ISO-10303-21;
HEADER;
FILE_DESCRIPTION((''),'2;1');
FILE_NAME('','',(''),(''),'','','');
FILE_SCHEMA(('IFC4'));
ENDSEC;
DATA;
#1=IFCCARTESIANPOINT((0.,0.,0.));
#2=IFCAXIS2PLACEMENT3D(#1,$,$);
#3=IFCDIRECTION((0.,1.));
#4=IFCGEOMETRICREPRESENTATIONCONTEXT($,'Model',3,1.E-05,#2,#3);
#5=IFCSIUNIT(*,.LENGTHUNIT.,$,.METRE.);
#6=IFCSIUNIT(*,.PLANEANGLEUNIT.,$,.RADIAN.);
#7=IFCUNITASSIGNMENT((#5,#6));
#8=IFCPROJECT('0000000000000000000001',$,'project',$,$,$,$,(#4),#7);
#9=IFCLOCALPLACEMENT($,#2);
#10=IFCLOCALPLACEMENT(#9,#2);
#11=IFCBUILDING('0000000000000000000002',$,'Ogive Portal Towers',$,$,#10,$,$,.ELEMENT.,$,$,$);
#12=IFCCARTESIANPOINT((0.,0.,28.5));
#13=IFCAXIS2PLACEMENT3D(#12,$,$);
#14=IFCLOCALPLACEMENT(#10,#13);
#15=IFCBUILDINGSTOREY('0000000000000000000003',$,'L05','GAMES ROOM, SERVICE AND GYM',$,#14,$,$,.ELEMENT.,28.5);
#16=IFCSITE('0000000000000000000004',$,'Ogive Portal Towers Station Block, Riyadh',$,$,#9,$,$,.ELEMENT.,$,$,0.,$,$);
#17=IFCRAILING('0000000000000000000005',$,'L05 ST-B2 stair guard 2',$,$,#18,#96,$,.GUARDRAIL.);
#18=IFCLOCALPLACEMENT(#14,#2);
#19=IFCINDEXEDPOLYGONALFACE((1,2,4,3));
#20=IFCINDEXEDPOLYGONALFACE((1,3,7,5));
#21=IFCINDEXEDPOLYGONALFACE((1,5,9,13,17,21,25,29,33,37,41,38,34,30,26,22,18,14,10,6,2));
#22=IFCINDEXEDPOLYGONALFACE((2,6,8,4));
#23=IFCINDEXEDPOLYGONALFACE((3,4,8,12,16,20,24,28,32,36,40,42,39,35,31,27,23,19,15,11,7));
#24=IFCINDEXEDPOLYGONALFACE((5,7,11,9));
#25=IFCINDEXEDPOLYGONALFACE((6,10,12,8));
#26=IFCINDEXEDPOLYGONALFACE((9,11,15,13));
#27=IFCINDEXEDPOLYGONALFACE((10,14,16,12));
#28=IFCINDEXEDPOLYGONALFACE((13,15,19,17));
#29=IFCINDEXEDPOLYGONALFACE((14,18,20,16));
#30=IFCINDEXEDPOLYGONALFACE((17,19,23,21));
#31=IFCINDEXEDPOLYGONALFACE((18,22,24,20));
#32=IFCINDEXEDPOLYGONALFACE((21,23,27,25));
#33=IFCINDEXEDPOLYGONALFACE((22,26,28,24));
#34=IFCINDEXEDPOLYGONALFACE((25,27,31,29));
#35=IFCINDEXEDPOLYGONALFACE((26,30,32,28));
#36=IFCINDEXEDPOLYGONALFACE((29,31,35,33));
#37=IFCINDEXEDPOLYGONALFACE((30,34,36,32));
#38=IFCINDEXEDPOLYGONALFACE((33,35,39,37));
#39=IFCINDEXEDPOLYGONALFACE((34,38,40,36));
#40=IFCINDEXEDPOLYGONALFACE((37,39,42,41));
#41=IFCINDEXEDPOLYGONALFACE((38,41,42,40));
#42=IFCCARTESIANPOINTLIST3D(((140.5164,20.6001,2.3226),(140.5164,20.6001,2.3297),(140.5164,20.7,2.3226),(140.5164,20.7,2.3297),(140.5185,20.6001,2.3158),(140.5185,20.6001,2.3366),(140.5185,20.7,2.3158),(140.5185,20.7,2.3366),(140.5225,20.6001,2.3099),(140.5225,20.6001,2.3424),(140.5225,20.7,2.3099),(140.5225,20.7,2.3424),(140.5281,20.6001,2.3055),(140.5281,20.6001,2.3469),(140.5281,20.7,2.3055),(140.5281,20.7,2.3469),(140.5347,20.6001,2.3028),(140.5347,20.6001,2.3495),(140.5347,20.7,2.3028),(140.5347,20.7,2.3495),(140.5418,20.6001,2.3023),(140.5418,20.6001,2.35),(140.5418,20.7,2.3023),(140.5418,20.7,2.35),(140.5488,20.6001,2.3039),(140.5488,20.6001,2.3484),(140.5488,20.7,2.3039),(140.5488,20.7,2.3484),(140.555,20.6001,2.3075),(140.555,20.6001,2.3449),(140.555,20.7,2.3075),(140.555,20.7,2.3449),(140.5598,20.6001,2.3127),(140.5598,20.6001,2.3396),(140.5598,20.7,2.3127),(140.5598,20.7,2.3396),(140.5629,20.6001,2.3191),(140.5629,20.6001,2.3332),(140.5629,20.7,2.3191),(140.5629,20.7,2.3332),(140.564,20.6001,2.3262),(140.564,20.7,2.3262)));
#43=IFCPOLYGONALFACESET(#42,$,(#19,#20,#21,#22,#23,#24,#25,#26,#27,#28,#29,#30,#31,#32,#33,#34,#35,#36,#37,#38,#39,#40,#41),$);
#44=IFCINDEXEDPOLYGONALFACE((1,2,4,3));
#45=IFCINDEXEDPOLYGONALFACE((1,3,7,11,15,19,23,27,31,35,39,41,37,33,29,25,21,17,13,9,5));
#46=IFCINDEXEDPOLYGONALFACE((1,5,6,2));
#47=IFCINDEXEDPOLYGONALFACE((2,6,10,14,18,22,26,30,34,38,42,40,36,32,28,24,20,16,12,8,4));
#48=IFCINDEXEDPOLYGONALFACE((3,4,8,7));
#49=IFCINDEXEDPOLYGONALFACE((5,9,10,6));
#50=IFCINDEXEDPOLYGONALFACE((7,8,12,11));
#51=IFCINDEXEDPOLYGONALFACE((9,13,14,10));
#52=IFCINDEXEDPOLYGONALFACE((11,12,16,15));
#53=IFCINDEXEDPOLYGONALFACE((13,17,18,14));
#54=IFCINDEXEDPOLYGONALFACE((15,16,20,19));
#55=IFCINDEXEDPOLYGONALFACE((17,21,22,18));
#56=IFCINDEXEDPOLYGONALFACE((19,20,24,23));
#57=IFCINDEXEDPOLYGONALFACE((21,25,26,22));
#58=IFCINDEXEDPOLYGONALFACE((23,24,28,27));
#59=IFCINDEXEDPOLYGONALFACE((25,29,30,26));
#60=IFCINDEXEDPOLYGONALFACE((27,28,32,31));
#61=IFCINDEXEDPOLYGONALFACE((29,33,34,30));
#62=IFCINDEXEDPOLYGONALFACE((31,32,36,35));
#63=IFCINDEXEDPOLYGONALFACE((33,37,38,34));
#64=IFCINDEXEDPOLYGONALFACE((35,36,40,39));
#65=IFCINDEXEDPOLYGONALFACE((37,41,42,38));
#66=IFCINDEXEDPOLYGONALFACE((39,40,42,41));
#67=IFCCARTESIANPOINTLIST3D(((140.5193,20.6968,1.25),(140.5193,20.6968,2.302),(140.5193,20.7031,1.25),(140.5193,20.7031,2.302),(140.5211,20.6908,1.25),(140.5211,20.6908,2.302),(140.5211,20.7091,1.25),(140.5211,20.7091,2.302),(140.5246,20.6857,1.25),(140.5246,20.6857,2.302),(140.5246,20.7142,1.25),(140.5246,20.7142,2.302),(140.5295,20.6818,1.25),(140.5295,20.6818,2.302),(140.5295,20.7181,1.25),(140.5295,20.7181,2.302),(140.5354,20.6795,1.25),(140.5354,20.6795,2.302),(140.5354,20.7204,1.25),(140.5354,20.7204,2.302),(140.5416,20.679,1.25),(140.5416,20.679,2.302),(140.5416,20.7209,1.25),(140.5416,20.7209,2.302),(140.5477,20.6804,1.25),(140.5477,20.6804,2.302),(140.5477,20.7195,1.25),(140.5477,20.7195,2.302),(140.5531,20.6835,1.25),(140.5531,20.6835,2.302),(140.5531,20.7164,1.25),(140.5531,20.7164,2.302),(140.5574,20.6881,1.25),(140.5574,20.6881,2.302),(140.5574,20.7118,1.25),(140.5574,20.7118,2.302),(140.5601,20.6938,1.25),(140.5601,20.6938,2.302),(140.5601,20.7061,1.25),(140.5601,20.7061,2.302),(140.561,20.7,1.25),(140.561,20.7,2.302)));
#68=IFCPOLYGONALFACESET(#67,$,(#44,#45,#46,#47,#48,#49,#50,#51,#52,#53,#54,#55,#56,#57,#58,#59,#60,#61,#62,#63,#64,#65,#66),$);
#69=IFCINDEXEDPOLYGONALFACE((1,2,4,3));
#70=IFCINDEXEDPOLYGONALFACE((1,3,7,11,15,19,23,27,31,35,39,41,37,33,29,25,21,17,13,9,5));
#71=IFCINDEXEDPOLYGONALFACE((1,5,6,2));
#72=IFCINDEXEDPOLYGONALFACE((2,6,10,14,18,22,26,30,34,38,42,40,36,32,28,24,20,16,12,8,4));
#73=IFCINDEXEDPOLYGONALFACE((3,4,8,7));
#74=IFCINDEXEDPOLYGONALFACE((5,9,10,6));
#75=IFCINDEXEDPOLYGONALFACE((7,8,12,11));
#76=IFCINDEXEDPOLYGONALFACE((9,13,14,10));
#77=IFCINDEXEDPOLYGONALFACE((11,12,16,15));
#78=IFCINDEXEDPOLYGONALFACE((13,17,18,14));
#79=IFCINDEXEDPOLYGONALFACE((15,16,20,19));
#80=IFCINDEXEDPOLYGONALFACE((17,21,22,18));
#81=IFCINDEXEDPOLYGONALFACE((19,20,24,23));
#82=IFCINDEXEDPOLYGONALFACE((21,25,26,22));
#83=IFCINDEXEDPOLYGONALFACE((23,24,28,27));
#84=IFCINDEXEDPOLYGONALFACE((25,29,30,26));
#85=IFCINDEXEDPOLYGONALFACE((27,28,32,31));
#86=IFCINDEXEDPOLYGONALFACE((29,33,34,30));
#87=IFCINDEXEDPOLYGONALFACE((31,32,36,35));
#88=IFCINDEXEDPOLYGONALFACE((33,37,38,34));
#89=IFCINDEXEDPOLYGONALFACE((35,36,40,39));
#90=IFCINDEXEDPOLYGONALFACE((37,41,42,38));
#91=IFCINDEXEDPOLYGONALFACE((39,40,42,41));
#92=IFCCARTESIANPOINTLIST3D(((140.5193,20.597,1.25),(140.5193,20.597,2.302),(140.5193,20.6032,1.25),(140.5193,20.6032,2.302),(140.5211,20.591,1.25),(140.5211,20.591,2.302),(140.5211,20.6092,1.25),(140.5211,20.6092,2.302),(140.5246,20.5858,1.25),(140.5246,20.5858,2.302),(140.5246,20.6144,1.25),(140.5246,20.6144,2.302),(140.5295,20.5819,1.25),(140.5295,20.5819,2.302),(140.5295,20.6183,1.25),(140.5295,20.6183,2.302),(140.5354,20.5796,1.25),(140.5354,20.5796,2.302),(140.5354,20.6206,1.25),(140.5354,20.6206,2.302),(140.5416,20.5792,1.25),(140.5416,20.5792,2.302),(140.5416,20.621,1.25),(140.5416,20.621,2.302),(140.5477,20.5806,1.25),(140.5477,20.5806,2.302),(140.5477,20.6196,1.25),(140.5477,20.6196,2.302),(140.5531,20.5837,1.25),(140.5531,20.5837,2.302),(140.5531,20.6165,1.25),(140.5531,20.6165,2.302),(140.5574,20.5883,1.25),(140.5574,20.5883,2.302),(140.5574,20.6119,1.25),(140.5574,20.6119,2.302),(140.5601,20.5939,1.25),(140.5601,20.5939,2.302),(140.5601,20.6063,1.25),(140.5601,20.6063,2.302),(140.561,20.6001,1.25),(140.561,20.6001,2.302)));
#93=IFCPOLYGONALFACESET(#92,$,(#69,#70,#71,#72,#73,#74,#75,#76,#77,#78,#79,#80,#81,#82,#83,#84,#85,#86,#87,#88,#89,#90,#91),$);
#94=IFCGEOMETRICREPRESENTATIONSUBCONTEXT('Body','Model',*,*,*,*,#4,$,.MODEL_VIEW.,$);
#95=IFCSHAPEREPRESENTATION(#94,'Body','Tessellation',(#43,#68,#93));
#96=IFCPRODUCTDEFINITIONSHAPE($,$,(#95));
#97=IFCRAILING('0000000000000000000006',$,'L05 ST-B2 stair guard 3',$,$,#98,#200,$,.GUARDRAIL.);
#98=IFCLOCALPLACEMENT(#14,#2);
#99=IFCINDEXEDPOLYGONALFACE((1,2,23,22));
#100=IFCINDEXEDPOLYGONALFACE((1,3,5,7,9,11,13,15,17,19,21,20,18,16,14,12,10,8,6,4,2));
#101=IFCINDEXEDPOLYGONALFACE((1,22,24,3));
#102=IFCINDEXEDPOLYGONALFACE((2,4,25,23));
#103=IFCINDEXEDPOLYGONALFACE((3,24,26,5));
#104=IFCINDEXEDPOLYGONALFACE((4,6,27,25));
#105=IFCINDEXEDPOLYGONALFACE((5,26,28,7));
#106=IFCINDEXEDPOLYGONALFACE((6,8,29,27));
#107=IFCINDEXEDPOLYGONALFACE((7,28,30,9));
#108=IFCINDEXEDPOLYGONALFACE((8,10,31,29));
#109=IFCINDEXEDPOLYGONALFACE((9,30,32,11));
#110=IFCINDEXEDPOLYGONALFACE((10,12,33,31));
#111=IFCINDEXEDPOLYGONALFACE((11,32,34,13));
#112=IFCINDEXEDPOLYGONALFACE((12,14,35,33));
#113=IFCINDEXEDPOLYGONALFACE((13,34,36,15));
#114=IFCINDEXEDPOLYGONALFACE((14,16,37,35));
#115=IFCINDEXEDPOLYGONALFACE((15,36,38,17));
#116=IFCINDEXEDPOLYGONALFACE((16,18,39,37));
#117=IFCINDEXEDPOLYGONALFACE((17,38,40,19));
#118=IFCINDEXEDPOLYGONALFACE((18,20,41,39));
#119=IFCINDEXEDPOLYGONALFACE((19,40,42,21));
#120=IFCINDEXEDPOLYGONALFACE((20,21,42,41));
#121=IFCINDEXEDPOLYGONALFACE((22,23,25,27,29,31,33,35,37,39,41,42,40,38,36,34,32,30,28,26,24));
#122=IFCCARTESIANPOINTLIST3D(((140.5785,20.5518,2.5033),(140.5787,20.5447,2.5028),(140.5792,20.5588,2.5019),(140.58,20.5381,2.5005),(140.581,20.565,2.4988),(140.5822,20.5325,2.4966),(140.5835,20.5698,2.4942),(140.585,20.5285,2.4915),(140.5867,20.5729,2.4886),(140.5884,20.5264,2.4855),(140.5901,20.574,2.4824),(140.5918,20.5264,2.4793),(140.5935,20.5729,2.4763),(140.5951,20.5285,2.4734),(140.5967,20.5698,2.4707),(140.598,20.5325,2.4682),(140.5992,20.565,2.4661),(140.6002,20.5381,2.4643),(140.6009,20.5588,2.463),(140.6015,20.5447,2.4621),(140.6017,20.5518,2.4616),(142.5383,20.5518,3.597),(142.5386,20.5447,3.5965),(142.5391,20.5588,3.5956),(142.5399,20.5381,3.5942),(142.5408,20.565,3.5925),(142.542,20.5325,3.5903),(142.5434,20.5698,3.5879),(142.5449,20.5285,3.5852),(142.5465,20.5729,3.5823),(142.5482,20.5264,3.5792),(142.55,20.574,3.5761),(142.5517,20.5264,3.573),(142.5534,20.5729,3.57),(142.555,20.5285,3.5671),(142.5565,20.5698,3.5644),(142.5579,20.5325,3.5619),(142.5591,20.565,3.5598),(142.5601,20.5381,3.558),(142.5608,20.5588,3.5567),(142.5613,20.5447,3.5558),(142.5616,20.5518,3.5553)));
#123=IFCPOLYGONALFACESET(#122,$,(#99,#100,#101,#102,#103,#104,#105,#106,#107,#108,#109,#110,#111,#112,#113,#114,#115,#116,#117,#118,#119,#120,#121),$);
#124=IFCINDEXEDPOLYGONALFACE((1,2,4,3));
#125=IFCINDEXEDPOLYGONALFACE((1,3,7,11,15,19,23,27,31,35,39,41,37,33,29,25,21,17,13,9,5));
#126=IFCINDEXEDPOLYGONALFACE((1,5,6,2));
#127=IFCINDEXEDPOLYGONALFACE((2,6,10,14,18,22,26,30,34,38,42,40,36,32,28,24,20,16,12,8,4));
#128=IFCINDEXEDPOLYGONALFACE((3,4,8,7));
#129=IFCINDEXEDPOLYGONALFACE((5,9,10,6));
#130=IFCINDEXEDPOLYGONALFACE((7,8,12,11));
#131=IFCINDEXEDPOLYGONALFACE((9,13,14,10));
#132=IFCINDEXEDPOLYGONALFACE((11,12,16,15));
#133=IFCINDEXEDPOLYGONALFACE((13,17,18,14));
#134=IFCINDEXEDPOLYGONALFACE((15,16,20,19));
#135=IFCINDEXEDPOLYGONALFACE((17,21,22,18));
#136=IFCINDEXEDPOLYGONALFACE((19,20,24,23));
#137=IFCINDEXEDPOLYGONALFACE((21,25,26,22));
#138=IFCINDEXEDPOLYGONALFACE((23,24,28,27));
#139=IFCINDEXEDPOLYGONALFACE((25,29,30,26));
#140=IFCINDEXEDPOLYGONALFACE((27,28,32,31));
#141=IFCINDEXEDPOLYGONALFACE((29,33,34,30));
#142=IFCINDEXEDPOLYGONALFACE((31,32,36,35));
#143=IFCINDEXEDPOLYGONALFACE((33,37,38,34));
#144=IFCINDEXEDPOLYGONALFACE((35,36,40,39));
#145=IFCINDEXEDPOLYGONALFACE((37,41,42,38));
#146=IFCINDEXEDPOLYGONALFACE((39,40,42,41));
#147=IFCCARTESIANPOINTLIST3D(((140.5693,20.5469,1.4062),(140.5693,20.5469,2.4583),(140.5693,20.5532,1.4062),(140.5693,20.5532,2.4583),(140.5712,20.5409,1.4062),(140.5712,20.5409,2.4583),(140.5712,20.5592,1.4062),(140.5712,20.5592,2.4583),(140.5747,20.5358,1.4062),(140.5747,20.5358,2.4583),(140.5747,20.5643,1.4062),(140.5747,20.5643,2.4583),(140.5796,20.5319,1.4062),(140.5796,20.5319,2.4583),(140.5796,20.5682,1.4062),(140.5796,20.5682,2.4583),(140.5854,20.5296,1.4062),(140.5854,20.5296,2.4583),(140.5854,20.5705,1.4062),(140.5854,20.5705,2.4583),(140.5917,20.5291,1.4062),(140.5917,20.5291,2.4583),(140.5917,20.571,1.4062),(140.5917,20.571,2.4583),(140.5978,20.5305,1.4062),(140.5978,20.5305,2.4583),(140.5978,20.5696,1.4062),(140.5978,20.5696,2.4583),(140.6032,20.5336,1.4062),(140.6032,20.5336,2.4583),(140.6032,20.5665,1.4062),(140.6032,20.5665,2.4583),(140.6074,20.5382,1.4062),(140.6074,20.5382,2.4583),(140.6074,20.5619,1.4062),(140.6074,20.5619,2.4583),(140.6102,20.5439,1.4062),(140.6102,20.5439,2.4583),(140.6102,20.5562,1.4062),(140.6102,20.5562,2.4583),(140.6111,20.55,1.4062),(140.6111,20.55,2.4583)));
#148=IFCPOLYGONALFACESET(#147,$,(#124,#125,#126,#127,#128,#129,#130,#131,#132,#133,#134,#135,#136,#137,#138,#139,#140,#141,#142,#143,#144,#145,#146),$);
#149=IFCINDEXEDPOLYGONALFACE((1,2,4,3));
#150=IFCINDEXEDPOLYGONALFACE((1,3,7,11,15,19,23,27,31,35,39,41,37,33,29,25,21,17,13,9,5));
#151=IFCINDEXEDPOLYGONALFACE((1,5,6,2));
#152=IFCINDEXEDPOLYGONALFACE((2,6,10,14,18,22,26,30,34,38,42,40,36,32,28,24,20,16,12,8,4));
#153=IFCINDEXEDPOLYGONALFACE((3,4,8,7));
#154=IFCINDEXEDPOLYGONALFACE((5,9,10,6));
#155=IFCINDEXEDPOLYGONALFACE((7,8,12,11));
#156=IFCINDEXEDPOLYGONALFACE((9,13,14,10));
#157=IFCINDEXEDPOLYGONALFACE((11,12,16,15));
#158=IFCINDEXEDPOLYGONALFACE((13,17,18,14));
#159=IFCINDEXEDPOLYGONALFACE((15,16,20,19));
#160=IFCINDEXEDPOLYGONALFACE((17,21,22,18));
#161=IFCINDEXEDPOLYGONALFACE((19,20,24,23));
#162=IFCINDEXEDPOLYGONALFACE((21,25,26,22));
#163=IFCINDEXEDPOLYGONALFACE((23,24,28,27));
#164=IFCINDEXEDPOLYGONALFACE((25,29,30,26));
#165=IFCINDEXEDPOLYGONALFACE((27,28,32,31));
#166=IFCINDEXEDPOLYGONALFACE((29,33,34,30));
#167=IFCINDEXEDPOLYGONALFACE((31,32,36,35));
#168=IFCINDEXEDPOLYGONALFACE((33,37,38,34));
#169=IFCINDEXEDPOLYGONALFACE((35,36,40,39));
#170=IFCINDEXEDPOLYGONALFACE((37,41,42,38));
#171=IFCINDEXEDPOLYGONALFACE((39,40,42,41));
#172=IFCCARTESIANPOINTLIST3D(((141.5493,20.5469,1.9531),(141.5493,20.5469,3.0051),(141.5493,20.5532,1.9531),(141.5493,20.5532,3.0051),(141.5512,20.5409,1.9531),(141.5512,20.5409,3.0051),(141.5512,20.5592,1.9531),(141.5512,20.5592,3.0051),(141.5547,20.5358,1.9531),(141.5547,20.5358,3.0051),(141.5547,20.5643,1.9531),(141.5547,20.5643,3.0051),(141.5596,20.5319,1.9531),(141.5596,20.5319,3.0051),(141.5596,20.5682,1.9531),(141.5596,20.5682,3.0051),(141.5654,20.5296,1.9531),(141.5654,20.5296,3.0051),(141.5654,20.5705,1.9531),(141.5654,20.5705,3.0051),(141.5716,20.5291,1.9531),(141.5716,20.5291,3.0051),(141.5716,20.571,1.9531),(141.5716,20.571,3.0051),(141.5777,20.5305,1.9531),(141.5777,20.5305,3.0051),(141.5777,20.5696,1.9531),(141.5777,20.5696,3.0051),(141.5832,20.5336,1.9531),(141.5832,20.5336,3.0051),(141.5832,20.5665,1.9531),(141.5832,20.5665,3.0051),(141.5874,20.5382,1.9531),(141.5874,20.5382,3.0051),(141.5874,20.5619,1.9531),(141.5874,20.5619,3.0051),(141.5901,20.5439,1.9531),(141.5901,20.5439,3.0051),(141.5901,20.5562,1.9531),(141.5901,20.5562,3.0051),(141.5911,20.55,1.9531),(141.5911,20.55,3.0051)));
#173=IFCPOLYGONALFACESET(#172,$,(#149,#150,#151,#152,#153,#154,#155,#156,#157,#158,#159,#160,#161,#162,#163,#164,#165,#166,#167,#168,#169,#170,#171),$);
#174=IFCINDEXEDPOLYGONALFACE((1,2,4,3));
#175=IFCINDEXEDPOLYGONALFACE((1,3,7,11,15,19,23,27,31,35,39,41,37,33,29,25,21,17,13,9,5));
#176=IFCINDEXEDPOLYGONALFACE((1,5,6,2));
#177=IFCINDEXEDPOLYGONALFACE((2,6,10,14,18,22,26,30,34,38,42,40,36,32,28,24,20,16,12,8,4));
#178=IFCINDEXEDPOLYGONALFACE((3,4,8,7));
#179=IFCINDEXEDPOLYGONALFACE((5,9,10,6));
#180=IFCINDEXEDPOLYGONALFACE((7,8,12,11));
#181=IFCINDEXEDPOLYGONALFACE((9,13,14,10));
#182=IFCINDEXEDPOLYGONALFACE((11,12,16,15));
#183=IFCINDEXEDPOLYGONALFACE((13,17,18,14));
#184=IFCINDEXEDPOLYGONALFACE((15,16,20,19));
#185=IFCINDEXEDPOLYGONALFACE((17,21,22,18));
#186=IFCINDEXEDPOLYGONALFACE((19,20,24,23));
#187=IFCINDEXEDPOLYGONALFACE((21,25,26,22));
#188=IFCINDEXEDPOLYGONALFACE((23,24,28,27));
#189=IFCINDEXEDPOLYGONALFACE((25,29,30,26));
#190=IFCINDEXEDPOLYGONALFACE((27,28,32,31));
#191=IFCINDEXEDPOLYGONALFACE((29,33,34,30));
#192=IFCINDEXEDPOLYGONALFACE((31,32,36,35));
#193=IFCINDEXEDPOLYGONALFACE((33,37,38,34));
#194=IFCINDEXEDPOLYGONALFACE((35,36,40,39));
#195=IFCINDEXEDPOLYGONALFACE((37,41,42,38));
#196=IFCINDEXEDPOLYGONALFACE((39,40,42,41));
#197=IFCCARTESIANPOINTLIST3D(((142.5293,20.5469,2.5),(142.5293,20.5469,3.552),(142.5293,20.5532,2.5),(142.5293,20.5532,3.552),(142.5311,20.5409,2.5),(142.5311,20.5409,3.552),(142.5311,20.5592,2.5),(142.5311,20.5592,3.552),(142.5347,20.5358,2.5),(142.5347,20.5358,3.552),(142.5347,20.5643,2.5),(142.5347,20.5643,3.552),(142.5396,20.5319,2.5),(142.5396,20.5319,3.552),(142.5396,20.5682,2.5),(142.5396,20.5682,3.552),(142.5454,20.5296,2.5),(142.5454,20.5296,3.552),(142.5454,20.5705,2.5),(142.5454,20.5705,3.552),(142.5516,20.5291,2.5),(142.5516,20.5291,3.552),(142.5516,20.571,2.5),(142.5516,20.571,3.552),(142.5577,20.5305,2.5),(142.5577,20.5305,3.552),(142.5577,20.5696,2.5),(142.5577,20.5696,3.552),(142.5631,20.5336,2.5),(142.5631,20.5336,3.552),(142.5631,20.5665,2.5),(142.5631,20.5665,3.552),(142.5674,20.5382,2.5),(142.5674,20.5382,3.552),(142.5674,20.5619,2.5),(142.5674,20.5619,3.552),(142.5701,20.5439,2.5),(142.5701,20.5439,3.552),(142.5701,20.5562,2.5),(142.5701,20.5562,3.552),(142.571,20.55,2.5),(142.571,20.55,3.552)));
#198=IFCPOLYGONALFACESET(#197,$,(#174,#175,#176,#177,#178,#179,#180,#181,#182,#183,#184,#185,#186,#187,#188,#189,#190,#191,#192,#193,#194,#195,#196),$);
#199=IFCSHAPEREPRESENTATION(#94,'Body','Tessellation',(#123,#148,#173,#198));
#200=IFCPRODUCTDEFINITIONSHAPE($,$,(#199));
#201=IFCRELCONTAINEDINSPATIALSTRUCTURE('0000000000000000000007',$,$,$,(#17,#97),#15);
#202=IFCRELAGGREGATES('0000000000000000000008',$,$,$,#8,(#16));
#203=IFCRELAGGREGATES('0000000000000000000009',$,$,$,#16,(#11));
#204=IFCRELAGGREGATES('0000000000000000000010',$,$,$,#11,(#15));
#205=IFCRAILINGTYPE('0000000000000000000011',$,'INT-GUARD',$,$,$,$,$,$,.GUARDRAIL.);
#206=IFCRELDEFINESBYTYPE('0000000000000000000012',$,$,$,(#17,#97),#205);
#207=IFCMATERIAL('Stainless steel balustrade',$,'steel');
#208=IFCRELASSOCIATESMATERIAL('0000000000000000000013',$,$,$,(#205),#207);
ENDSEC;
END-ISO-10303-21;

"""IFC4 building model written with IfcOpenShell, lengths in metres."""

from ifc_helpers import new_model, si_unit, direction, frame, origin, origin_2d, place, context, subcontext, project, spatial, circle, extrude, material, type_object, element, save


model = new_model("IFC4")

# Units and contexts
model_context = context("Model", 3, precision=1e-05, world=origin(), true_north=direction((0.0, 1.0)))
body_context = subcontext(model_context, "Body", "Model", "MODEL_VIEW")
ifc_project = project(units=[si_unit("LENGTHUNIT", "METRE"), si_unit("PLANEANGLEUNIT", "RADIAN")], contexts=[model_context])

# Site, building, storey
site_placement = place(None, origin())
site = spatial("IfcSite", under=ifc_project, at=site_placement, Name="Ogive Portal Towers Station Block, Riyadh", CompositionType="ELEMENT", RefElevation=0.0)
building_placement = place(site_placement, origin())
building = spatial("IfcBuilding", under=site, at=building_placement, Name="Ogive Portal Towers", CompositionType="ELEMENT")
storey_placement = place(building_placement, frame((0.0, 0.0, 28.5)))
storey = spatial("IfcBuildingStorey", under=building, at=storey_placement, Name="L05", Description="GAMES ROOM, SERVICE AND GYM", CompositionType="ELEMENT", Elevation=28.5)

# Railings
ifc_material_1 = material(Name="Stainless steel balustrade", Category="steel")
railing_type_1 = type_object("IfcRailingType", Name="INT-GUARD", PredefinedType="GUARDRAIL", material=ifc_material_1)
railing_1_placement = place(storey_placement, frame((140.54, 20.7, 1.25)))
element("IfcRailing", 1, at=railing_1_placement, inside=storey, type_object=railing_type_1, Name="L05 ST-B2 stair guard 2", PredefinedType="GUARDRAIL", context=body_context, shape_type="SweptSolid", body=[
    extrude(circle(Radius=0.0239, at=origin_2d()), frame((0.0, 0.0, 1.0762), z_axis=(0.0, -1.0, 0.0), x_axis=(1.0, 0.0, 0.0)), (0.0, 0.0, 1.0), 0.0999),
    extrude(circle(Radius=0.021, at=origin_2d()), origin(), (0.0, 0.0, 1.0), 1.052),
    extrude(circle(Radius=0.021, at=origin_2d()), frame((0.0, -0.0999, 0.0)), (0.0, 0.0, 1.0), 1.052),
])
railing_2_placement = place(storey_placement, frame((140.5901, 20.55, 1.4062)))
element("IfcRailing", 2, at=railing_2_placement, inside=storey, type_object=railing_type_1, Name="L05 ST-B2 stair guard 3", PredefinedType="GUARDRAIL", context=body_context, shape_type="SweptSolid", body=[
    extrude(circle(Radius=0.0239, at=origin_2d()), frame((0.0, 0.0, 1.0762), z_axis=(0.873232, 0.0, 0.487304), x_axis=(0.0, 1.0, 0.0)), (0.0, 0.0, 1.0), 2.2444),
    extrude(circle(Radius=0.021, at=origin_2d()), origin(), (0.0, 0.0, 1.0), 1.052),
    extrude(circle(Radius=0.021, at=origin_2d()), frame((0.98, 0.0, 0.5469)), (0.0, 0.0, 1.0), 1.052),
    extrude(circle(Radius=0.021, at=origin_2d()), frame((1.96, 0.0, 1.0938)), (0.0, 0.0, 1.0), 1.052),
])

save(model, "model.ifc")
